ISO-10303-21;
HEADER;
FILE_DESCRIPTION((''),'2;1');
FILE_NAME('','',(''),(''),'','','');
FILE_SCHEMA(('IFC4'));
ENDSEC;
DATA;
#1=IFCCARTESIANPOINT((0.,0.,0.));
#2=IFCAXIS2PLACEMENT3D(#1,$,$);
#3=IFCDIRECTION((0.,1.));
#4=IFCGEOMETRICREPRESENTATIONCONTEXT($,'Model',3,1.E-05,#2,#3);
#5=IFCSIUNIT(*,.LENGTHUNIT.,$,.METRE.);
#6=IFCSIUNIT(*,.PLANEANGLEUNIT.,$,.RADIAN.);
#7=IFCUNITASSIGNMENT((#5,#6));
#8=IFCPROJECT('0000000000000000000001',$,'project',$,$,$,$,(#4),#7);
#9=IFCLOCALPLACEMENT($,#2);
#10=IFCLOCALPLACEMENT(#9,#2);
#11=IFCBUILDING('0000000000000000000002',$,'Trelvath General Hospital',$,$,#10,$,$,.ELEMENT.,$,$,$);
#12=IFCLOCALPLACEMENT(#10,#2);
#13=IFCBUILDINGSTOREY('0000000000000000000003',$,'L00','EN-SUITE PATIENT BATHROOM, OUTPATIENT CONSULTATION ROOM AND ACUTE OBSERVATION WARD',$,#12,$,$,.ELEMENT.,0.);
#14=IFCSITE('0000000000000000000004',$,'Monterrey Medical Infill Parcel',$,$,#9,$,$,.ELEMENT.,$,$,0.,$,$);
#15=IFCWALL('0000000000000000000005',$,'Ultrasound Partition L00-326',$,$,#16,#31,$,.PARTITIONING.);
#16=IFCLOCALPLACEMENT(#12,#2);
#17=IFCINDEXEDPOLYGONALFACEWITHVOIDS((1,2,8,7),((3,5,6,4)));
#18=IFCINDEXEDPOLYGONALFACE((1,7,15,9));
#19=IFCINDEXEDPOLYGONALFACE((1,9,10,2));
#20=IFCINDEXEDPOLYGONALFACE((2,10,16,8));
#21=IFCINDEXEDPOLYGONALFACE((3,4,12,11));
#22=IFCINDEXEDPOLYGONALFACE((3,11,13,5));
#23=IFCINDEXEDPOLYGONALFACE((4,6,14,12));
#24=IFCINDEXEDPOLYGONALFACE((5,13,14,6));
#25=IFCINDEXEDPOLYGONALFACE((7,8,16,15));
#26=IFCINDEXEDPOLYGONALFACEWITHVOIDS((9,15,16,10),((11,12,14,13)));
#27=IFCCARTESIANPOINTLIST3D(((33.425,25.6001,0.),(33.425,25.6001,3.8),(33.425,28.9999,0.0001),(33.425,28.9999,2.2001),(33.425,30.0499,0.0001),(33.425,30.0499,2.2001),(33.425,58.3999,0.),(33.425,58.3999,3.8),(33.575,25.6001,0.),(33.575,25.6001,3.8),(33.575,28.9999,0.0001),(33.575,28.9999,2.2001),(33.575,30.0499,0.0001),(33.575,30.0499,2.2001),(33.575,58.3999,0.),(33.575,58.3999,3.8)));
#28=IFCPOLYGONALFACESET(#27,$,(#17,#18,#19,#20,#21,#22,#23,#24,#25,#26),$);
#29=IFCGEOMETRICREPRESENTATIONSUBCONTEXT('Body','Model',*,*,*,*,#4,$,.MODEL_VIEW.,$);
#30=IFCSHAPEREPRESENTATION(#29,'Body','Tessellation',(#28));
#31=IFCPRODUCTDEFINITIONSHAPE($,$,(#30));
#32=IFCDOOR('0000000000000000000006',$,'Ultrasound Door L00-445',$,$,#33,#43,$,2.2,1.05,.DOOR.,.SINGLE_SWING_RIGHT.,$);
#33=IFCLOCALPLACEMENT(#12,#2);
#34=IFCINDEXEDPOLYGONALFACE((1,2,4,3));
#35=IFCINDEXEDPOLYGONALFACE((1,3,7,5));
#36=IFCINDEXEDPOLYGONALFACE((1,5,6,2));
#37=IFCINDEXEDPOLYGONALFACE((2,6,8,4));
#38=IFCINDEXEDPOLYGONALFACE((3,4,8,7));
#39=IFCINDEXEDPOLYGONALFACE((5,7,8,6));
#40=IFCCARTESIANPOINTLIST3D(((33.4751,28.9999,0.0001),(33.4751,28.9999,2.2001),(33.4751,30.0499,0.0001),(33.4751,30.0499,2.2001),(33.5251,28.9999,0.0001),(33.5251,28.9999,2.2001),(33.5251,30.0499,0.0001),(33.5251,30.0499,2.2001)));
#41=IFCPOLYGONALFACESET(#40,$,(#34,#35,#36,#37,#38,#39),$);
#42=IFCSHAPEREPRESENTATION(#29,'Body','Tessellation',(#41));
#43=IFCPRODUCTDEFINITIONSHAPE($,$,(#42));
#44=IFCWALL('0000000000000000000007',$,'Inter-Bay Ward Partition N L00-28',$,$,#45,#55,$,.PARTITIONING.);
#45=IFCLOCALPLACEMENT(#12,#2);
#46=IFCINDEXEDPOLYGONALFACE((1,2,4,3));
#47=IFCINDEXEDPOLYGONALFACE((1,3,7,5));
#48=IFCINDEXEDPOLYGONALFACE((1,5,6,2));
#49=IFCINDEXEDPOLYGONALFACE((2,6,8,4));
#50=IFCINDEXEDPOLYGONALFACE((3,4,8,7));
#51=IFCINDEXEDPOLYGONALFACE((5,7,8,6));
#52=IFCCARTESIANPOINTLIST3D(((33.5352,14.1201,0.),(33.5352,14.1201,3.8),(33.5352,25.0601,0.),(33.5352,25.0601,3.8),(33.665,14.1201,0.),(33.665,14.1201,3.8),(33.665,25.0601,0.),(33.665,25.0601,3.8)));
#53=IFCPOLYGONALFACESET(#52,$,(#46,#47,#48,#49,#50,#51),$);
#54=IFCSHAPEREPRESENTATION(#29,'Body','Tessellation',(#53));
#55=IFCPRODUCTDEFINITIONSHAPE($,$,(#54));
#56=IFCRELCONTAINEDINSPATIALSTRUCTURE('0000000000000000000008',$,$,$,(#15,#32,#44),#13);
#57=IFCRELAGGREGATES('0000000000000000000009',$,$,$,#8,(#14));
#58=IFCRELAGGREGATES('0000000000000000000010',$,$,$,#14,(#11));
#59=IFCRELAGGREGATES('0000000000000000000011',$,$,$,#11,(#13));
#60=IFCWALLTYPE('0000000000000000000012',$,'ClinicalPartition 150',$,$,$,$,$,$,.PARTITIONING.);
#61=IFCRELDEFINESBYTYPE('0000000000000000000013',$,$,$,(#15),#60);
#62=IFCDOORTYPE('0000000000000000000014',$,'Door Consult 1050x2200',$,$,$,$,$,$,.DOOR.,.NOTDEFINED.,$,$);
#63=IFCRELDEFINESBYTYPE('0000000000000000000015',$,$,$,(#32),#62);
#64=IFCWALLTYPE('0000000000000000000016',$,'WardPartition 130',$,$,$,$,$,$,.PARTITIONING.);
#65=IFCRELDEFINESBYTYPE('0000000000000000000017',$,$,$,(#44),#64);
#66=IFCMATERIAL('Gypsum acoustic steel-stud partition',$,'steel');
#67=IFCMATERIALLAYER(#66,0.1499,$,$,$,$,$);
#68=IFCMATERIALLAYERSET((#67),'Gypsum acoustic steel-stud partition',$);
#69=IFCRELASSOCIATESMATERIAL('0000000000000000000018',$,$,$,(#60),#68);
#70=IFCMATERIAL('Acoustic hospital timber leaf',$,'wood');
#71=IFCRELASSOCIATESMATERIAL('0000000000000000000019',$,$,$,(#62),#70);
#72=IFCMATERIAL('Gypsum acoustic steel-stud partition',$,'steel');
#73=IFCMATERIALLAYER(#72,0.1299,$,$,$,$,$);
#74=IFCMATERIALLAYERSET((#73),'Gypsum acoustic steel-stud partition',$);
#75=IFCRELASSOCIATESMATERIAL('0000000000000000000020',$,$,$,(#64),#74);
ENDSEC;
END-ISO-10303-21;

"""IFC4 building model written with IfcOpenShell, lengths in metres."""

from ifc_helpers import new_model, si_unit, direction, frame, frame_2d, origin, place, context, subcontext, project, spatial, rectangle, extrude, material, layer, layer_set, type_object, element, fill, save


model = new_model("IFC4")

# Units and contexts
model_context = context("Model", 3, precision=1e-05, world=origin(), true_north=direction((0.0, 1.0)))
body_context = subcontext(model_context, "Body", "Model", "MODEL_VIEW")
ifc_project = project(units=[si_unit("LENGTHUNIT", "METRE"), si_unit("PLANEANGLEUNIT", "RADIAN")], contexts=[model_context])

# Site, building, storey
site_placement = place(None, origin())
site = spatial("IfcSite", under=ifc_project, at=site_placement, Name="Monterrey Medical Infill Parcel", CompositionType="ELEMENT", RefElevation=0.0)
building_placement = place(site_placement, origin())
building = spatial("IfcBuilding", under=site, at=building_placement, Name="Trelvath General Hospital", CompositionType="ELEMENT")
storey_placement = place(building_placement, origin())
storey = spatial("IfcBuildingStorey", under=building, at=storey_placement, Name="L00", Description="EN-SUITE PATIENT BATHROOM, OUTPATIENT CONSULTATION ROOM AND ACUTE OBSERVATION WARD", CompositionType="ELEMENT", Elevation=0.0)

# Wall, opening, door
ifc_material_1 = material(Name="Gypsum acoustic steel-stud partition", Category="steel")
ifc_layer_1 = layer(ifc_material_1, 0.1499)
ifc_layer_set_1 = layer_set([ifc_layer_1], Name="Gypsum acoustic steel-stud partition")
wall_type_1 = type_object("IfcWallType", Name="ClinicalPartition 150", PredefinedType="PARTITIONING", material=ifc_layer_set_1)
wall_1_placement = place(storey_placement, frame((33.5, 25.6001, 0.0), z_axis=(0.0, 0.0, 1.0), x_axis=(0.0, 1.0, 0.0)))
wall_1 = element("IfcWall", 1, at=wall_1_placement, inside=storey, type_object=wall_type_1, Name="Ultrasound Partition L00-326", PredefinedType="PARTITIONING", context=body_context, shape_type="SweptSolid", body=[
    extrude(rectangle(XDim=32.7998, YDim=0.1499, at=frame_2d((16.3999, 0.0))), origin(), (0.0, 0.0, 1.0), 3.8),
])
opening_1_placement = place(wall_1_placement, frame((3.3999, 0.0, 0.0)))
opening_1 = element("IfcOpeningElement", 2, at=opening_1_placement, cuts=wall_1, PredefinedType="OPENING", context=body_context, shape_type="SweptSolid", body=[
    extrude(rectangle(XDim=1.05, YDim=2.2, at=frame_2d((0.5249, 1.1001))), frame((0.0, 0.085, 0.0), z_axis=(0.0, -1.0, 0.0), x_axis=(1.0, 0.0, 0.0)), (0.0, 0.0, 1.0), 0.1699),
])
ifc_material_2 = material(Name="Acoustic hospital timber leaf", Category="wood")
door_type_1 = type_object("IfcDoorType", Name="Door Consult 1050x2200", OperationType="NOTDEFINED", PredefinedType="DOOR", material=ifc_material_2)
door_1_placement = place(opening_1_placement, origin())
door_1 = element("IfcDoor", 3, at=door_1_placement, inside=storey, type_object=door_type_1, Name="Ultrasound Door L00-445", OperationType="SINGLE_SWING_RIGHT", OverallHeight=2.2, OverallWidth=1.05, PredefinedType="DOOR", context=body_context, shape_type="SweptSolid", body=[
    extrude(rectangle(XDim=1.05, YDim=2.2, at=frame_2d((0.5249, 1.1001))), frame((0.0, 0.0249, 0.0), z_axis=(0.0, -1.0, 0.0), x_axis=(1.0, 0.0, 0.0)), (0.0, 0.0, 1.0), 0.05),
])
fill(opening_1, door_1)

# Wall
ifc_material_3 = material(Name="Gypsum acoustic steel-stud partition", Category="steel")
ifc_layer_2 = layer(ifc_material_3, 0.1299)
ifc_layer_set_2 = layer_set([ifc_layer_2], Name="Gypsum acoustic steel-stud partition")
wall_type_2 = type_object("IfcWallType", Name="WardPartition 130", PredefinedType="PARTITIONING", material=ifc_layer_set_2)
wall_2_placement = place(storey_placement, frame((33.6001, 14.1201, 0.0), z_axis=(0.0, 0.0, 1.0), x_axis=(0.0, 1.0, 0.0)))
element("IfcWall", 4, at=wall_2_placement, inside=storey, type_object=wall_type_2, Name="Inter-Bay Ward Partition N L00-28", PredefinedType="PARTITIONING", context=body_context, shape_type="SweptSolid", body=[
    extrude(rectangle(XDim=10.9399, YDim=0.1299, at=frame_2d((5.47, 0.0))), origin(), (0.0, 0.0, 1.0), 3.8),
])

save(model, "model.ifc")
